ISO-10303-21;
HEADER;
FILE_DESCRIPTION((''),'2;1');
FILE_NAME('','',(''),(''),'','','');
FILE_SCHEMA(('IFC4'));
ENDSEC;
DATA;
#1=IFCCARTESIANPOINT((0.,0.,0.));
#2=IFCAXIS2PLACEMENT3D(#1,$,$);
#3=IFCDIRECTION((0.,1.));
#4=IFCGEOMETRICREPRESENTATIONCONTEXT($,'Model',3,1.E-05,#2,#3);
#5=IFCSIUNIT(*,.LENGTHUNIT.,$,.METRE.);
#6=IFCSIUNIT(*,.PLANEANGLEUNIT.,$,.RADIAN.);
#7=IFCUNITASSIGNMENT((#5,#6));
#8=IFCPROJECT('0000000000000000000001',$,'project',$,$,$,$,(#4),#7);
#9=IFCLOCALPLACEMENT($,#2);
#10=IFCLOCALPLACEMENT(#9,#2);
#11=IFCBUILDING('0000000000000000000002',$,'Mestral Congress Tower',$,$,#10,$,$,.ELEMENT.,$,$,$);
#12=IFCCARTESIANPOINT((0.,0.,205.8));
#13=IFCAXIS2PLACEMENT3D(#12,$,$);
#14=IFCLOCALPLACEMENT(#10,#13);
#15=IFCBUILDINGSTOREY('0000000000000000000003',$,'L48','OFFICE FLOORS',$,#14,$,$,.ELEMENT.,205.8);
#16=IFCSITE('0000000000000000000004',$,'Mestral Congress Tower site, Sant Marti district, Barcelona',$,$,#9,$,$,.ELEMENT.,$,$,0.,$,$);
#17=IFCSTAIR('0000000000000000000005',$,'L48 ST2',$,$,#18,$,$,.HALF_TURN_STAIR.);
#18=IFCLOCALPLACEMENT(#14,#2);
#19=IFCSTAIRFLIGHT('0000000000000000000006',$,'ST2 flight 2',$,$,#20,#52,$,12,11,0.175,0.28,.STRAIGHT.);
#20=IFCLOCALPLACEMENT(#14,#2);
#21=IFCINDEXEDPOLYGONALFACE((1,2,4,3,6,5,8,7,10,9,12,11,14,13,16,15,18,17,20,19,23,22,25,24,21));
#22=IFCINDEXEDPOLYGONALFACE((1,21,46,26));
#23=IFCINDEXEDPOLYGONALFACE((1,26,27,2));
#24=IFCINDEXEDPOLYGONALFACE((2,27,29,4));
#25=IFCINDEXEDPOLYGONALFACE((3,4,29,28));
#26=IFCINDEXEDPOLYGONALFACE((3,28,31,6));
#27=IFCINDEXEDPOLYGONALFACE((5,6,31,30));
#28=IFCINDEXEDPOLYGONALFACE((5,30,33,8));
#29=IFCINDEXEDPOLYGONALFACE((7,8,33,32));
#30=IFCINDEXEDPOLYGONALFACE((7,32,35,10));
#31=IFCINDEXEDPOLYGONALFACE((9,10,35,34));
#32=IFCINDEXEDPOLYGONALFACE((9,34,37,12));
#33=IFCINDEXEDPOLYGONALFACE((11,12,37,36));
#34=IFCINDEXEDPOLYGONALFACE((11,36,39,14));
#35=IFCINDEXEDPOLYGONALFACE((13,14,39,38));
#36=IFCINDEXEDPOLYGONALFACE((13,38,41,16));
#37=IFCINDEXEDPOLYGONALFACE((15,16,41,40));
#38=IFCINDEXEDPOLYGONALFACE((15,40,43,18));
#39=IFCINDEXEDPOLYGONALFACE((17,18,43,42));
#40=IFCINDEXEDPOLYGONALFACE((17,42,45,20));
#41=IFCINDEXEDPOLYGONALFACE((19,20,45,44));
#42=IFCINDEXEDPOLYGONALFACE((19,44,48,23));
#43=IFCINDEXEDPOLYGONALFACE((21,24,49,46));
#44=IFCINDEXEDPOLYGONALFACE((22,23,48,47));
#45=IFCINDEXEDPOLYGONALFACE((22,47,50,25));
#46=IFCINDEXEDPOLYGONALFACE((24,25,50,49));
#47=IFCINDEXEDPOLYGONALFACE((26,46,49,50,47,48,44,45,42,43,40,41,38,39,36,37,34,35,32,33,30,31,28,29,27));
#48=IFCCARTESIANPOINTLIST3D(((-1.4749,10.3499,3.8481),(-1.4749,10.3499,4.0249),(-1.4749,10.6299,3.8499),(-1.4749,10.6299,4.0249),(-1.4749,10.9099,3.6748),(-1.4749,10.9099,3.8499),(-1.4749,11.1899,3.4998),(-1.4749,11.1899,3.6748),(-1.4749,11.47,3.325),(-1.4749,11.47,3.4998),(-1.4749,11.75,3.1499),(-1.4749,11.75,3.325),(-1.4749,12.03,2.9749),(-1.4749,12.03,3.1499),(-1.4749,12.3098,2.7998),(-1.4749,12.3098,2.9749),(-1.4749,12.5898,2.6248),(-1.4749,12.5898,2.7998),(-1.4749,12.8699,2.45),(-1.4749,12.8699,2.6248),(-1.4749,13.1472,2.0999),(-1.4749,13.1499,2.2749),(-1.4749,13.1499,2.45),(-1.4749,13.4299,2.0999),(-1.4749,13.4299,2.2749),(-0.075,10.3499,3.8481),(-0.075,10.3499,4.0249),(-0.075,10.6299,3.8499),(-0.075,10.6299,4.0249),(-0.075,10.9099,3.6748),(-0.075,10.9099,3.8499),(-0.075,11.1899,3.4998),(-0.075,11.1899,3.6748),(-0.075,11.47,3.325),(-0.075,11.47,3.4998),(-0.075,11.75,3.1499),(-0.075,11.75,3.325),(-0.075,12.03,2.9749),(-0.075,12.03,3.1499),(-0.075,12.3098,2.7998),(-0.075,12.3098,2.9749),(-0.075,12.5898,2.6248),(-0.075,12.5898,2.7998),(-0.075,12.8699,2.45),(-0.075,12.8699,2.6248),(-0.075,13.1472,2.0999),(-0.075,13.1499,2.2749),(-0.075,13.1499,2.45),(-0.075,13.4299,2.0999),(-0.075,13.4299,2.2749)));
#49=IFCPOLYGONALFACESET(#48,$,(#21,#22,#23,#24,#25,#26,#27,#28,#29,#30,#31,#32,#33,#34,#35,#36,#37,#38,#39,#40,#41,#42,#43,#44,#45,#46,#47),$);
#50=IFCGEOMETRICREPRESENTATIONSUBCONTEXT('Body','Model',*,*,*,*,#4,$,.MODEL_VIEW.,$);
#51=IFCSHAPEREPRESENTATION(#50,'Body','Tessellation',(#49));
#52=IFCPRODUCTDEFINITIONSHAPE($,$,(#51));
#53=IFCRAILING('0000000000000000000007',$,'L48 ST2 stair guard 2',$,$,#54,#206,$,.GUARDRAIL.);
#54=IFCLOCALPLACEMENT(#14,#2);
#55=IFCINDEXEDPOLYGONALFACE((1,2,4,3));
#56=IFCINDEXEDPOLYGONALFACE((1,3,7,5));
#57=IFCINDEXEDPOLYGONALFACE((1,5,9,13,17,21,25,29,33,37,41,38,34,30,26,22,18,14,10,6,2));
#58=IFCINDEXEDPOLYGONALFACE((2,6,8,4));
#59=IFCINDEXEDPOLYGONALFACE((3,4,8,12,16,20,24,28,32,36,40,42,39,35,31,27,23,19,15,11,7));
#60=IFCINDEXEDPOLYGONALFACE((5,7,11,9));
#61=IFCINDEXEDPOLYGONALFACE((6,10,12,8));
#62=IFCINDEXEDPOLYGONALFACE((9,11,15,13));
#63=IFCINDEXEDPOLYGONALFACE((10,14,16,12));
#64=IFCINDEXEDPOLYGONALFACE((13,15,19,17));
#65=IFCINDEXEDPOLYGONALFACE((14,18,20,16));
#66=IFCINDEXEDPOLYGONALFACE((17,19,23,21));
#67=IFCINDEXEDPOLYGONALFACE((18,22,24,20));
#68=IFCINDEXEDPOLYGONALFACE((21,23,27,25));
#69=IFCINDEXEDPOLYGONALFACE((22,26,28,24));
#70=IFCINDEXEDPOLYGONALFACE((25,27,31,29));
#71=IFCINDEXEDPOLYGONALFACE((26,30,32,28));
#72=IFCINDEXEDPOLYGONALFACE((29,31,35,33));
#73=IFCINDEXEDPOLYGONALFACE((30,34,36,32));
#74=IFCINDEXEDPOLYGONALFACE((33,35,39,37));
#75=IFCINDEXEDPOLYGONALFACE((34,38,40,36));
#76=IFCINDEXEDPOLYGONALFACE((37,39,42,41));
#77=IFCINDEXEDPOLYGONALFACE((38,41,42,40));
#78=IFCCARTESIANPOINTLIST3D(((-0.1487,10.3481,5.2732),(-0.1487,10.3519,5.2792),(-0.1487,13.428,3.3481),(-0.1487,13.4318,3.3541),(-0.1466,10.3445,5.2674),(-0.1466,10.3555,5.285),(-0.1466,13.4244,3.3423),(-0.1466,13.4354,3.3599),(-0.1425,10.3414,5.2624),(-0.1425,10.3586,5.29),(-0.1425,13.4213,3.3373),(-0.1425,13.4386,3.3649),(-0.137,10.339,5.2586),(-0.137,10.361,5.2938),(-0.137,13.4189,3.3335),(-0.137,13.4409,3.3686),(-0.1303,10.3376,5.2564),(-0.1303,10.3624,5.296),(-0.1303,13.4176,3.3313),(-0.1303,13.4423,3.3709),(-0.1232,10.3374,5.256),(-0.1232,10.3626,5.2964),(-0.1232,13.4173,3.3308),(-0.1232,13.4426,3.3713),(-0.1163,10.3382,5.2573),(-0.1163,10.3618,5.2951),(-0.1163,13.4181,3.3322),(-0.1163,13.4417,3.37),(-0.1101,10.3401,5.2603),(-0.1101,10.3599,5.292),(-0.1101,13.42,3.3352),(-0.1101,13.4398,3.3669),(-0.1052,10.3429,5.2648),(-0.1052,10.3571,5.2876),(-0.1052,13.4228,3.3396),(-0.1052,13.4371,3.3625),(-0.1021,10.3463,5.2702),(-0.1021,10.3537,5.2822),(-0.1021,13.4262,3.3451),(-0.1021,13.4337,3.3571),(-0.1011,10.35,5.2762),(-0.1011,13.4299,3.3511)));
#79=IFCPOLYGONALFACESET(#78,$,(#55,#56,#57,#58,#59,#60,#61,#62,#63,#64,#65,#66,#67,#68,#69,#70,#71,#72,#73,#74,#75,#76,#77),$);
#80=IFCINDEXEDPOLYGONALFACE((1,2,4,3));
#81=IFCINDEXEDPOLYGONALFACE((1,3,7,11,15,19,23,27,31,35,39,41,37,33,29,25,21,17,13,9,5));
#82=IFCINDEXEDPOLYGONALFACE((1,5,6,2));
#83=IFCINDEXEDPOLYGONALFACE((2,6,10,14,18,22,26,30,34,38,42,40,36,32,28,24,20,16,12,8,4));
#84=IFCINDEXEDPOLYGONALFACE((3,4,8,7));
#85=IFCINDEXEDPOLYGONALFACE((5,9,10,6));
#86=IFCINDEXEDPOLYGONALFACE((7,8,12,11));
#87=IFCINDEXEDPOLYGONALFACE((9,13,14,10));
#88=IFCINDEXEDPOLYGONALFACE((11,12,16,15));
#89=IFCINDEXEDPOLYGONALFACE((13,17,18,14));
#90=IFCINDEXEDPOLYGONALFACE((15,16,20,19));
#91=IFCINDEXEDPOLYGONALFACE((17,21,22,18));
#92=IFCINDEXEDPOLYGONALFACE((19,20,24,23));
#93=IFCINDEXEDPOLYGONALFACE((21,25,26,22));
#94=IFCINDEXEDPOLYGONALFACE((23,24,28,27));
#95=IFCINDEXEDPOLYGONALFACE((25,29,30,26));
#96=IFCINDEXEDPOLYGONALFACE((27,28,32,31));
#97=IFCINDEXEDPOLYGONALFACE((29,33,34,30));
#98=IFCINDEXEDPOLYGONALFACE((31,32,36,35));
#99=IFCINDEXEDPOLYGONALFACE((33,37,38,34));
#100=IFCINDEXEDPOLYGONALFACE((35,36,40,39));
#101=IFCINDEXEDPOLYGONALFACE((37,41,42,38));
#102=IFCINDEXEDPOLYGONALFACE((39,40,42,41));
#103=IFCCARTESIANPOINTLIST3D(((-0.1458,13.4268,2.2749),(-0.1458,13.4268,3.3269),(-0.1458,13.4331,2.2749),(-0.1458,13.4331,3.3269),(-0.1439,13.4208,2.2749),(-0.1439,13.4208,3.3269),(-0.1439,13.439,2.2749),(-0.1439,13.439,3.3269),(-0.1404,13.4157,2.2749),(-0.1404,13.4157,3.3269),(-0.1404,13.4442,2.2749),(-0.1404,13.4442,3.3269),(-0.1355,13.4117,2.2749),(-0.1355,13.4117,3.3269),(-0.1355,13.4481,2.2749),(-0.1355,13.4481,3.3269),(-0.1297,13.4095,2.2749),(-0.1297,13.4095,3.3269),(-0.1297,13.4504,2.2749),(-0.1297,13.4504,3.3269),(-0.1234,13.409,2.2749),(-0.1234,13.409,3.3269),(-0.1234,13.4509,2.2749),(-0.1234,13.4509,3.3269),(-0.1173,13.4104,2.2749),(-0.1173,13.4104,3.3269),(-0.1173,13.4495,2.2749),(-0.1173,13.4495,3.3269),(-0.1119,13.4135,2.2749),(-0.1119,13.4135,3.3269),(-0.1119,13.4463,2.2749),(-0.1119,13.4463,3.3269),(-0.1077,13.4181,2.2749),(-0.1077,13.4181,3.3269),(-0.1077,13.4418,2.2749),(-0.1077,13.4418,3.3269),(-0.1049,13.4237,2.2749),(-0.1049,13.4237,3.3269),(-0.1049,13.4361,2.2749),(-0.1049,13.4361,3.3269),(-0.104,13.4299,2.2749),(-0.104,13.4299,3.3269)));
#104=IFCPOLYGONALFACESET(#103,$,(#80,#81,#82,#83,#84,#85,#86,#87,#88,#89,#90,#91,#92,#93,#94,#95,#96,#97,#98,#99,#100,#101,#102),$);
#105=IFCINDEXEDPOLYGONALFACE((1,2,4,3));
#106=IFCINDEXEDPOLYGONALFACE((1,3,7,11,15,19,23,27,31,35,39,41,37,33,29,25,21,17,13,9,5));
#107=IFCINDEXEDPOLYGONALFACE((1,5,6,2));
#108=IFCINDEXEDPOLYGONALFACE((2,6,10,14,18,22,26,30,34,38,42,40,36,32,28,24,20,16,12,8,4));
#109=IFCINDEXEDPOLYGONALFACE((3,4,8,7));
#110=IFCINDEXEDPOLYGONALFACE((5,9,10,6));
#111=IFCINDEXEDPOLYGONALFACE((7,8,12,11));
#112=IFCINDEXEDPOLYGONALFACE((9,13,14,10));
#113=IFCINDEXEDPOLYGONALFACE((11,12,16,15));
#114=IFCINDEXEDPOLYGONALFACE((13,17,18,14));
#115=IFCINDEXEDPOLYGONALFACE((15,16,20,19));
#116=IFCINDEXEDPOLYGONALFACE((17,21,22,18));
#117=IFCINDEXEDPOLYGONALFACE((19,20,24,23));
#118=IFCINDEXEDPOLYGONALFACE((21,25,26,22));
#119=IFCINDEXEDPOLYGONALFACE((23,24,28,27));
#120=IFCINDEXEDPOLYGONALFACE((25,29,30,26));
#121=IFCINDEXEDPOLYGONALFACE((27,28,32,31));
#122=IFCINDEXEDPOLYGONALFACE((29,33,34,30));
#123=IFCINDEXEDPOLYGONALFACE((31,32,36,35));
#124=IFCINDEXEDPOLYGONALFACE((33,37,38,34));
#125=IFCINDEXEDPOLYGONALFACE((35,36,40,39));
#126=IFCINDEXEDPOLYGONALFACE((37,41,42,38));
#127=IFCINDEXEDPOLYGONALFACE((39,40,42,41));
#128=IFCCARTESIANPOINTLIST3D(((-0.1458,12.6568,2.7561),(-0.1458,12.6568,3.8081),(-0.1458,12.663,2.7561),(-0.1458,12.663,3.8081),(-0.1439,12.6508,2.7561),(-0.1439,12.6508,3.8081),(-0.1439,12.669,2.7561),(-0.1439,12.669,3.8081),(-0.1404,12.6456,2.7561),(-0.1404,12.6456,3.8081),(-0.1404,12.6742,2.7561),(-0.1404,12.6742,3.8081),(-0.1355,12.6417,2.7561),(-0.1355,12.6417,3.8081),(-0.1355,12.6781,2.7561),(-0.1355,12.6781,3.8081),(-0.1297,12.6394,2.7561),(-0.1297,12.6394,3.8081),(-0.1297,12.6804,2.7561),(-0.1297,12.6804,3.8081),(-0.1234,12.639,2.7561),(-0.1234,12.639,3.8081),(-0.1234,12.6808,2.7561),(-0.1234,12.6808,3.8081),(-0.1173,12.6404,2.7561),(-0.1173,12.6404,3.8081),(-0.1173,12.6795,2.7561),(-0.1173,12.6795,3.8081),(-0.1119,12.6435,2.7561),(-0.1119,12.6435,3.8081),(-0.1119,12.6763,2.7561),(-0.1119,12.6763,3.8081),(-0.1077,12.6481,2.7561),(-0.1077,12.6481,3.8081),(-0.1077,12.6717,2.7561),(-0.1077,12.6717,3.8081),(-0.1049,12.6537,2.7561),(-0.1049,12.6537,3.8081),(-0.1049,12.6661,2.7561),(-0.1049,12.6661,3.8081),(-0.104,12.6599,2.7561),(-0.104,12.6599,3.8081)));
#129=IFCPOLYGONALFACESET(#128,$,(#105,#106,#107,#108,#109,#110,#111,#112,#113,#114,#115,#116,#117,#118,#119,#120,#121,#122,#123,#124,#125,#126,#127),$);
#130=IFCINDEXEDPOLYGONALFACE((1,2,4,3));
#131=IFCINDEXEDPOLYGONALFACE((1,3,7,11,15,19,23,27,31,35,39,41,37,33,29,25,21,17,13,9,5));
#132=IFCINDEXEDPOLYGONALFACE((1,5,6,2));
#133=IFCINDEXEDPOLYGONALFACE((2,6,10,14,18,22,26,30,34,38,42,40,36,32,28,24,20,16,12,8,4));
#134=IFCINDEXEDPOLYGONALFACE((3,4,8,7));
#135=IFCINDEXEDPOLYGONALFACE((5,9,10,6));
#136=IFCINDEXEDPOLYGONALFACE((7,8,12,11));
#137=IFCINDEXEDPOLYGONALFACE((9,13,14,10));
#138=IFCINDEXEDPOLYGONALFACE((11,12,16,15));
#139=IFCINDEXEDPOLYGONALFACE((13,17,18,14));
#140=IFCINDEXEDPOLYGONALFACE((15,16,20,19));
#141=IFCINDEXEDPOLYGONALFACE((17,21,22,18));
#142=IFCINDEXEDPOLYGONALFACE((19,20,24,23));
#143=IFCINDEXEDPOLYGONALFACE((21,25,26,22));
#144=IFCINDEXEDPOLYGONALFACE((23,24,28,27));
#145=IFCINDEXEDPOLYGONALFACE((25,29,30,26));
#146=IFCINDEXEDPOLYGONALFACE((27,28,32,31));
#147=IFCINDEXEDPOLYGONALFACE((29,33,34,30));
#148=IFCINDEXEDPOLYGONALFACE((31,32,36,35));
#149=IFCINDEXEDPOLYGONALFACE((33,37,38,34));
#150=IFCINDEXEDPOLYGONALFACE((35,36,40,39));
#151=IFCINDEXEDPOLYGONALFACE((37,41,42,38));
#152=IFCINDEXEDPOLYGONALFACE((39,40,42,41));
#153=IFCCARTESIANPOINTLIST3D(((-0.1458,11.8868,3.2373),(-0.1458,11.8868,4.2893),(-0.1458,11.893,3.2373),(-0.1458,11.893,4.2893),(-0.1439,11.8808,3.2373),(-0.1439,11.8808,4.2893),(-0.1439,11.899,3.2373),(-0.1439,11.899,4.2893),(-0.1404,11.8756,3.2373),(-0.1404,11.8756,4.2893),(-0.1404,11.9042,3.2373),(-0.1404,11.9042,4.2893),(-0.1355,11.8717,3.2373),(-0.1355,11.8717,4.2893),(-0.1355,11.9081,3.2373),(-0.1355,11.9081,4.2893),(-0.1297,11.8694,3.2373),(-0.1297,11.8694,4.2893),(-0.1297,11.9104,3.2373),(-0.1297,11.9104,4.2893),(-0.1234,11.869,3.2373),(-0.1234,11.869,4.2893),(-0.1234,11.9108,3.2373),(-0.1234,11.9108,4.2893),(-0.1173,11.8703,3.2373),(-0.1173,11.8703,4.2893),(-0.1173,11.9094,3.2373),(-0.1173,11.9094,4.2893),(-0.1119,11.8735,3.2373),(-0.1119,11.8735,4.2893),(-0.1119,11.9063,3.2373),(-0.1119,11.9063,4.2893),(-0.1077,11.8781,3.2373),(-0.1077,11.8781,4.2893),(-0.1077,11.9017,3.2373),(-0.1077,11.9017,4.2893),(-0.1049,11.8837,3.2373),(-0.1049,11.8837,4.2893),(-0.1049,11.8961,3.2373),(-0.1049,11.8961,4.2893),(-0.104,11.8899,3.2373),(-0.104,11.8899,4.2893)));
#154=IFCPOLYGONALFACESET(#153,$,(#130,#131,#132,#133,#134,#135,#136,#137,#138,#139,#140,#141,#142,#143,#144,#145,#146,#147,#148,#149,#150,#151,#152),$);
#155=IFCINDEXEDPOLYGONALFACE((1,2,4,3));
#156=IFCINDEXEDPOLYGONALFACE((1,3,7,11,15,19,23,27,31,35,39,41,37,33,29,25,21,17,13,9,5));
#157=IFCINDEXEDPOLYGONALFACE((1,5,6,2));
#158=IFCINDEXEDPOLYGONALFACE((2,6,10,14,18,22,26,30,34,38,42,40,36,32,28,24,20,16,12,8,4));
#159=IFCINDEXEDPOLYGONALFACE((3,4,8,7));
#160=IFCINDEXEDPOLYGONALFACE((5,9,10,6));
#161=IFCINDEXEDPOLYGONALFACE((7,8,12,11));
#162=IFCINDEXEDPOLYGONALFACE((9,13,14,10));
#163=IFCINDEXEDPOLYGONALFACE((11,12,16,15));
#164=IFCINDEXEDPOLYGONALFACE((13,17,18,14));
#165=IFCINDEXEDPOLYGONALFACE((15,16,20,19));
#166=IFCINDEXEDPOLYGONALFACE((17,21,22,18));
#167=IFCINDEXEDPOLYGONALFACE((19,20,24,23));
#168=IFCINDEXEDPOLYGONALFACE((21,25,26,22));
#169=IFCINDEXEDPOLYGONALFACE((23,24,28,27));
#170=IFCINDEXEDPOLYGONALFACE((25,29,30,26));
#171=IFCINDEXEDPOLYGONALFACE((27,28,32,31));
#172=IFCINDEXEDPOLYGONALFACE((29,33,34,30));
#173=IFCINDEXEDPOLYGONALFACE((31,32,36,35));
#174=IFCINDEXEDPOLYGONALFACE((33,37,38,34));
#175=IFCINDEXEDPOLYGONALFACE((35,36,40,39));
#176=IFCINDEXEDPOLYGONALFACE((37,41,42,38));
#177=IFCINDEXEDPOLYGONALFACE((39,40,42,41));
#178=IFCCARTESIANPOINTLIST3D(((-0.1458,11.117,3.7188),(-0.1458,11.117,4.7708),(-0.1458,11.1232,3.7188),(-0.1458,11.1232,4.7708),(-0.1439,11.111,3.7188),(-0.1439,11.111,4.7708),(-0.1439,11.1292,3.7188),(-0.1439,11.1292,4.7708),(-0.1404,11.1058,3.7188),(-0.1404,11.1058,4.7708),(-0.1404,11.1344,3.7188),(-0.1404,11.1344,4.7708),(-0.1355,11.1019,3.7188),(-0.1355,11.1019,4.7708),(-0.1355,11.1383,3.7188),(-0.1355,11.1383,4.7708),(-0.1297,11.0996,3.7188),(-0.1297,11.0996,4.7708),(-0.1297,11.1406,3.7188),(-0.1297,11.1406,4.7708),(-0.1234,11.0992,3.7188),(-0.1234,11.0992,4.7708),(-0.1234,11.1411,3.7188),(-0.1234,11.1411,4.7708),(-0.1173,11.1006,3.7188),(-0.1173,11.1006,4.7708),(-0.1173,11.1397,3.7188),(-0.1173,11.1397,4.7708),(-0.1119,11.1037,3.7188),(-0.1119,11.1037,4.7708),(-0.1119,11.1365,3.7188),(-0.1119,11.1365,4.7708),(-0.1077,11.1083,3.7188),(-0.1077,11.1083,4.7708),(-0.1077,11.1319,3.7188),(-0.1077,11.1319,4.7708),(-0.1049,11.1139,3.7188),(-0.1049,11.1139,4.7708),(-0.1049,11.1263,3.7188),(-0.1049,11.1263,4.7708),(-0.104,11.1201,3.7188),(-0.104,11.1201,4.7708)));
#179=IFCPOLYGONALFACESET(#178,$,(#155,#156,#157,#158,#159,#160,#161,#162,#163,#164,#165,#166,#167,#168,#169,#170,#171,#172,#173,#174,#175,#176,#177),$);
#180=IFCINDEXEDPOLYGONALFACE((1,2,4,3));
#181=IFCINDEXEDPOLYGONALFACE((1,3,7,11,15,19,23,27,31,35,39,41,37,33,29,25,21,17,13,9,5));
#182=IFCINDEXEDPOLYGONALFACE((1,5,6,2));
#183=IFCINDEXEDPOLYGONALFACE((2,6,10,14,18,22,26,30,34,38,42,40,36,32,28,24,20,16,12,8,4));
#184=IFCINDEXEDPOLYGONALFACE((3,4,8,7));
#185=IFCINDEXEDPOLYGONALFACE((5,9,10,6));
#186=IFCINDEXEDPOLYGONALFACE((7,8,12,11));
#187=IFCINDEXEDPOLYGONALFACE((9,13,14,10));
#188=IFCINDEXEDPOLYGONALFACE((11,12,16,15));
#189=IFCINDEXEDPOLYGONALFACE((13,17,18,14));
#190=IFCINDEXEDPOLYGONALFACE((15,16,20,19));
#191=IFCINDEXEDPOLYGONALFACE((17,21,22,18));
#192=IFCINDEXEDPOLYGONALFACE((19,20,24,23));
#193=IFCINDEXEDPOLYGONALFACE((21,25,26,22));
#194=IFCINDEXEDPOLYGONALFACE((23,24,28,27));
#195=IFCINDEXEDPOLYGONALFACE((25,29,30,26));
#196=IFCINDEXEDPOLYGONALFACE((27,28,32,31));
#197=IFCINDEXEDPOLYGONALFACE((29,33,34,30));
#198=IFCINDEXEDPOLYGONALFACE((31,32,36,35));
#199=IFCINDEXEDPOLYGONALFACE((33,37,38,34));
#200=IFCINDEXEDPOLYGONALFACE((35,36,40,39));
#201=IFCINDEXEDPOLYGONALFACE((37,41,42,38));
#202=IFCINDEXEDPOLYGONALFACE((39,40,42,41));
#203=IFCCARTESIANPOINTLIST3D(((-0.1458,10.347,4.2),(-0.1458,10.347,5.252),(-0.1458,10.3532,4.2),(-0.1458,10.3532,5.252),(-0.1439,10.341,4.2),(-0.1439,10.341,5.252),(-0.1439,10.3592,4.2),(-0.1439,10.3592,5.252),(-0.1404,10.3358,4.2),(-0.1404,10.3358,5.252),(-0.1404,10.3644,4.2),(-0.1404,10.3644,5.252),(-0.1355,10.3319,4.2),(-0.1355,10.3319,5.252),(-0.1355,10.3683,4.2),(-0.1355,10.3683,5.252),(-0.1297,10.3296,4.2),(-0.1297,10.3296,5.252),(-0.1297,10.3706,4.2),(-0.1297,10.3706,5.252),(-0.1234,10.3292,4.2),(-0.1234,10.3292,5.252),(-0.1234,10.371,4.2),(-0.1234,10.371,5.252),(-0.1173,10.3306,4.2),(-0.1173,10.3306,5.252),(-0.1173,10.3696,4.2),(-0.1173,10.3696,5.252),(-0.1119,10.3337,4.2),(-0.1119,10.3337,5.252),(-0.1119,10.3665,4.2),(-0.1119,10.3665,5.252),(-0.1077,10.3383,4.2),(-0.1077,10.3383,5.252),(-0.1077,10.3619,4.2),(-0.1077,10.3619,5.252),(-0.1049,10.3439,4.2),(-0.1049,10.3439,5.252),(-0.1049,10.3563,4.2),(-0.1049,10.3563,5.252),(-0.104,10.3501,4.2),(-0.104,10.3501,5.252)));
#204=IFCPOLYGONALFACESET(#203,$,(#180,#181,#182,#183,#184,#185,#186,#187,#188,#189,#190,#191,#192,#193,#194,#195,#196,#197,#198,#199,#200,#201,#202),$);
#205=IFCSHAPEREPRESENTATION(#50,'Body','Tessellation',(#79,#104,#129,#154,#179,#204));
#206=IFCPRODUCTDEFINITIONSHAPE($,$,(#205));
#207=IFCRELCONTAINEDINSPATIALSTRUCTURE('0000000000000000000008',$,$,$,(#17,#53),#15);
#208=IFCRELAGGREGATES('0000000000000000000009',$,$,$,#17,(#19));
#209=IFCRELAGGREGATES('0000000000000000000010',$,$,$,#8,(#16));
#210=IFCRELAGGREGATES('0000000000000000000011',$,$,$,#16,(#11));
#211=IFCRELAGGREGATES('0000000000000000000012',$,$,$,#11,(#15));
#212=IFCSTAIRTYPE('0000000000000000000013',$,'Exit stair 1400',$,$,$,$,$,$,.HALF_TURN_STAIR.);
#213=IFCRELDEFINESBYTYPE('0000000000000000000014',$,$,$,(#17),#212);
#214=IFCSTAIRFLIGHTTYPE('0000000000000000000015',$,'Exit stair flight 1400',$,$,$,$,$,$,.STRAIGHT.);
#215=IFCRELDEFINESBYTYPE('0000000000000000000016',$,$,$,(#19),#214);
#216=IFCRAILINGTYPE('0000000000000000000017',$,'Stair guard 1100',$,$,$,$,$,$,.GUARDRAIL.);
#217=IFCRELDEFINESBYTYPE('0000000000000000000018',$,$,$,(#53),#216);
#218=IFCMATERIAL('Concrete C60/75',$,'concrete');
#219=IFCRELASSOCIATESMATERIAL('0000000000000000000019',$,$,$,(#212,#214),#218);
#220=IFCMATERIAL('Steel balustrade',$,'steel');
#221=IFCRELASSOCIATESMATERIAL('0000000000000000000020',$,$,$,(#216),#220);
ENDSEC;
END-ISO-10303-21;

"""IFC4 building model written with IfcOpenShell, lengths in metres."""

from ifc_helpers import new_model, si_unit, direction, frame, origin, origin_2d, place, context, subcontext, project, spatial, polyline, circle, outline, extrude, material, type_object, element, aggregate, save


model = new_model("IFC4")

# Units and contexts
model_context = context("Model", 3, precision=1e-05, world=origin(), true_north=direction((0.0, 1.0)))
body_context = subcontext(model_context, "Body", "Model", "MODEL_VIEW")
ifc_project = project(units=[si_unit("LENGTHUNIT", "METRE"), si_unit("PLANEANGLEUNIT", "RADIAN")], contexts=[model_context])

# Site, building, storey
site_placement = place(None, origin())
site = spatial("IfcSite", under=ifc_project, at=site_placement, Name="Mestral Congress Tower site, Sant Marti district, Barcelona", CompositionType="ELEMENT", RefElevation=0.0)
building_placement = place(site_placement, origin())
building = spatial("IfcBuilding", under=site, at=building_placement, Name="Mestral Congress Tower", CompositionType="ELEMENT")
storey_placement = place(building_placement, frame((0.0, 0.0, 205.8)))
storey = spatial("IfcBuildingStorey", under=building, at=storey_placement, Name="L48", Description="OFFICE FLOORS", CompositionType="ELEMENT", Elevation=205.8)

# Shared definitions
ifc_material_1 = material(Name="Concrete C60/75", Category="concrete")

# Stair, stair flight
stair_type = type_object("IfcStairType", Name="Exit stair 1400", PredefinedType="HALF_TURN_STAIR", material=ifc_material_1)
stair_placement = place(storey_placement, origin())
stair = element("IfcStair", 1, at=stair_placement, inside=storey, type_object=stair_type, Name="L48 ST2", PredefinedType="HALF_TURN_STAIR")
stair_flight_type = type_object("IfcStairFlightType", Name="Exit stair flight 1400", PredefinedType="STRAIGHT", material=ifc_material_1)
stair_flight_placement = place(storey_placement, frame((-0.7749, 13.4299, 2.0999), z_axis=(0.0, 0.0, 1.0), x_axis=(0.0, -1.0, 0.0)))
stair_flight = element("IfcStairFlight", 2, at=stair_flight_placement, type_object=stair_flight_type, Name="ST2 flight 2", NumberOfRisers=12, NumberOfTreads=11, PredefinedType="STRAIGHT", RiserHeight=0.175, TreadLength=0.28, context=body_context, shape_type="SweptSolid", body=[
    extrude(outline(polyline([(0.0, 0.0), (0.0, 0.175), (0.28, 0.175), (0.28, 0.3501), (0.5601, 0.3501), (0.5601, 0.5249), (0.8401, 0.5249), (0.8401, 0.7), (1.1201, 0.7), (1.1201, 0.875), (1.3999, 0.875), (1.3999, 1.05), (1.6799, 1.05), (1.6799, 1.2251), (1.96, 1.2251), (1.96, 1.3999), (2.24, 1.3999), (2.24, 1.575), (2.52, 1.575), (2.52, 1.75), (2.8, 1.75), (2.8, 1.925), (3.0801, 1.925), (3.0801, 2.1001), (3.0801, 1.7483), (0.2827, 0.0), (0.0, 0.0)])), frame((0.0, 0.7, 0.0), z_axis=(0.0, -1.0, 0.0), x_axis=(1.0, 0.0, 0.0)), (0.0, 0.0, 1.0), 1.3999),
])
aggregate(stair, [stair_flight])

# Railing
ifc_material_2 = material(Name="Steel balustrade", Category="steel")
railing_type = type_object("IfcRailingType", Name="Stair guard 1100", PredefinedType="GUARDRAIL", material=ifc_material_2)
railing_placement = place(storey_placement, frame((-0.125, 13.4299, 2.2749)))
element("IfcRailing", 3, at=railing_placement, inside=storey, type_object=railing_type, Name="L48 ST2 stair guard 2", PredefinedType="GUARDRAIL", context=body_context, shape_type="SweptSolid", body=[
    extrude(circle(Radius=0.0239, at=origin_2d()), frame((0.0, 0.0, 1.0762), z_axis=(0.0, -0.847979, 0.530029), x_axis=(1.0, 0.0, 0.0)), (0.0, 0.0, 1.0), 3.6321),
    extrude(circle(Radius=0.021, at=origin_2d()), origin(), (0.0, 0.0, 1.0), 1.052),
    extrude(circle(Radius=0.021, at=origin_2d()), frame((0.0, -0.77, 0.4812)), (0.0, 0.0, 1.0), 1.052),
    extrude(circle(Radius=0.021, at=origin_2d()), frame((0.0, -1.54, 0.9624)), (0.0, 0.0, 1.0), 1.052),
    extrude(circle(Radius=0.021, at=origin_2d()), frame((0.0, -2.3098, 1.4438)), (0.0, 0.0, 1.0), 1.052),
    extrude(circle(Radius=0.021, at=origin_2d()), frame((0.0, -3.0798, 1.925)), (0.0, 0.0, 1.0), 1.052),
])

save(model, "model.ifc")
